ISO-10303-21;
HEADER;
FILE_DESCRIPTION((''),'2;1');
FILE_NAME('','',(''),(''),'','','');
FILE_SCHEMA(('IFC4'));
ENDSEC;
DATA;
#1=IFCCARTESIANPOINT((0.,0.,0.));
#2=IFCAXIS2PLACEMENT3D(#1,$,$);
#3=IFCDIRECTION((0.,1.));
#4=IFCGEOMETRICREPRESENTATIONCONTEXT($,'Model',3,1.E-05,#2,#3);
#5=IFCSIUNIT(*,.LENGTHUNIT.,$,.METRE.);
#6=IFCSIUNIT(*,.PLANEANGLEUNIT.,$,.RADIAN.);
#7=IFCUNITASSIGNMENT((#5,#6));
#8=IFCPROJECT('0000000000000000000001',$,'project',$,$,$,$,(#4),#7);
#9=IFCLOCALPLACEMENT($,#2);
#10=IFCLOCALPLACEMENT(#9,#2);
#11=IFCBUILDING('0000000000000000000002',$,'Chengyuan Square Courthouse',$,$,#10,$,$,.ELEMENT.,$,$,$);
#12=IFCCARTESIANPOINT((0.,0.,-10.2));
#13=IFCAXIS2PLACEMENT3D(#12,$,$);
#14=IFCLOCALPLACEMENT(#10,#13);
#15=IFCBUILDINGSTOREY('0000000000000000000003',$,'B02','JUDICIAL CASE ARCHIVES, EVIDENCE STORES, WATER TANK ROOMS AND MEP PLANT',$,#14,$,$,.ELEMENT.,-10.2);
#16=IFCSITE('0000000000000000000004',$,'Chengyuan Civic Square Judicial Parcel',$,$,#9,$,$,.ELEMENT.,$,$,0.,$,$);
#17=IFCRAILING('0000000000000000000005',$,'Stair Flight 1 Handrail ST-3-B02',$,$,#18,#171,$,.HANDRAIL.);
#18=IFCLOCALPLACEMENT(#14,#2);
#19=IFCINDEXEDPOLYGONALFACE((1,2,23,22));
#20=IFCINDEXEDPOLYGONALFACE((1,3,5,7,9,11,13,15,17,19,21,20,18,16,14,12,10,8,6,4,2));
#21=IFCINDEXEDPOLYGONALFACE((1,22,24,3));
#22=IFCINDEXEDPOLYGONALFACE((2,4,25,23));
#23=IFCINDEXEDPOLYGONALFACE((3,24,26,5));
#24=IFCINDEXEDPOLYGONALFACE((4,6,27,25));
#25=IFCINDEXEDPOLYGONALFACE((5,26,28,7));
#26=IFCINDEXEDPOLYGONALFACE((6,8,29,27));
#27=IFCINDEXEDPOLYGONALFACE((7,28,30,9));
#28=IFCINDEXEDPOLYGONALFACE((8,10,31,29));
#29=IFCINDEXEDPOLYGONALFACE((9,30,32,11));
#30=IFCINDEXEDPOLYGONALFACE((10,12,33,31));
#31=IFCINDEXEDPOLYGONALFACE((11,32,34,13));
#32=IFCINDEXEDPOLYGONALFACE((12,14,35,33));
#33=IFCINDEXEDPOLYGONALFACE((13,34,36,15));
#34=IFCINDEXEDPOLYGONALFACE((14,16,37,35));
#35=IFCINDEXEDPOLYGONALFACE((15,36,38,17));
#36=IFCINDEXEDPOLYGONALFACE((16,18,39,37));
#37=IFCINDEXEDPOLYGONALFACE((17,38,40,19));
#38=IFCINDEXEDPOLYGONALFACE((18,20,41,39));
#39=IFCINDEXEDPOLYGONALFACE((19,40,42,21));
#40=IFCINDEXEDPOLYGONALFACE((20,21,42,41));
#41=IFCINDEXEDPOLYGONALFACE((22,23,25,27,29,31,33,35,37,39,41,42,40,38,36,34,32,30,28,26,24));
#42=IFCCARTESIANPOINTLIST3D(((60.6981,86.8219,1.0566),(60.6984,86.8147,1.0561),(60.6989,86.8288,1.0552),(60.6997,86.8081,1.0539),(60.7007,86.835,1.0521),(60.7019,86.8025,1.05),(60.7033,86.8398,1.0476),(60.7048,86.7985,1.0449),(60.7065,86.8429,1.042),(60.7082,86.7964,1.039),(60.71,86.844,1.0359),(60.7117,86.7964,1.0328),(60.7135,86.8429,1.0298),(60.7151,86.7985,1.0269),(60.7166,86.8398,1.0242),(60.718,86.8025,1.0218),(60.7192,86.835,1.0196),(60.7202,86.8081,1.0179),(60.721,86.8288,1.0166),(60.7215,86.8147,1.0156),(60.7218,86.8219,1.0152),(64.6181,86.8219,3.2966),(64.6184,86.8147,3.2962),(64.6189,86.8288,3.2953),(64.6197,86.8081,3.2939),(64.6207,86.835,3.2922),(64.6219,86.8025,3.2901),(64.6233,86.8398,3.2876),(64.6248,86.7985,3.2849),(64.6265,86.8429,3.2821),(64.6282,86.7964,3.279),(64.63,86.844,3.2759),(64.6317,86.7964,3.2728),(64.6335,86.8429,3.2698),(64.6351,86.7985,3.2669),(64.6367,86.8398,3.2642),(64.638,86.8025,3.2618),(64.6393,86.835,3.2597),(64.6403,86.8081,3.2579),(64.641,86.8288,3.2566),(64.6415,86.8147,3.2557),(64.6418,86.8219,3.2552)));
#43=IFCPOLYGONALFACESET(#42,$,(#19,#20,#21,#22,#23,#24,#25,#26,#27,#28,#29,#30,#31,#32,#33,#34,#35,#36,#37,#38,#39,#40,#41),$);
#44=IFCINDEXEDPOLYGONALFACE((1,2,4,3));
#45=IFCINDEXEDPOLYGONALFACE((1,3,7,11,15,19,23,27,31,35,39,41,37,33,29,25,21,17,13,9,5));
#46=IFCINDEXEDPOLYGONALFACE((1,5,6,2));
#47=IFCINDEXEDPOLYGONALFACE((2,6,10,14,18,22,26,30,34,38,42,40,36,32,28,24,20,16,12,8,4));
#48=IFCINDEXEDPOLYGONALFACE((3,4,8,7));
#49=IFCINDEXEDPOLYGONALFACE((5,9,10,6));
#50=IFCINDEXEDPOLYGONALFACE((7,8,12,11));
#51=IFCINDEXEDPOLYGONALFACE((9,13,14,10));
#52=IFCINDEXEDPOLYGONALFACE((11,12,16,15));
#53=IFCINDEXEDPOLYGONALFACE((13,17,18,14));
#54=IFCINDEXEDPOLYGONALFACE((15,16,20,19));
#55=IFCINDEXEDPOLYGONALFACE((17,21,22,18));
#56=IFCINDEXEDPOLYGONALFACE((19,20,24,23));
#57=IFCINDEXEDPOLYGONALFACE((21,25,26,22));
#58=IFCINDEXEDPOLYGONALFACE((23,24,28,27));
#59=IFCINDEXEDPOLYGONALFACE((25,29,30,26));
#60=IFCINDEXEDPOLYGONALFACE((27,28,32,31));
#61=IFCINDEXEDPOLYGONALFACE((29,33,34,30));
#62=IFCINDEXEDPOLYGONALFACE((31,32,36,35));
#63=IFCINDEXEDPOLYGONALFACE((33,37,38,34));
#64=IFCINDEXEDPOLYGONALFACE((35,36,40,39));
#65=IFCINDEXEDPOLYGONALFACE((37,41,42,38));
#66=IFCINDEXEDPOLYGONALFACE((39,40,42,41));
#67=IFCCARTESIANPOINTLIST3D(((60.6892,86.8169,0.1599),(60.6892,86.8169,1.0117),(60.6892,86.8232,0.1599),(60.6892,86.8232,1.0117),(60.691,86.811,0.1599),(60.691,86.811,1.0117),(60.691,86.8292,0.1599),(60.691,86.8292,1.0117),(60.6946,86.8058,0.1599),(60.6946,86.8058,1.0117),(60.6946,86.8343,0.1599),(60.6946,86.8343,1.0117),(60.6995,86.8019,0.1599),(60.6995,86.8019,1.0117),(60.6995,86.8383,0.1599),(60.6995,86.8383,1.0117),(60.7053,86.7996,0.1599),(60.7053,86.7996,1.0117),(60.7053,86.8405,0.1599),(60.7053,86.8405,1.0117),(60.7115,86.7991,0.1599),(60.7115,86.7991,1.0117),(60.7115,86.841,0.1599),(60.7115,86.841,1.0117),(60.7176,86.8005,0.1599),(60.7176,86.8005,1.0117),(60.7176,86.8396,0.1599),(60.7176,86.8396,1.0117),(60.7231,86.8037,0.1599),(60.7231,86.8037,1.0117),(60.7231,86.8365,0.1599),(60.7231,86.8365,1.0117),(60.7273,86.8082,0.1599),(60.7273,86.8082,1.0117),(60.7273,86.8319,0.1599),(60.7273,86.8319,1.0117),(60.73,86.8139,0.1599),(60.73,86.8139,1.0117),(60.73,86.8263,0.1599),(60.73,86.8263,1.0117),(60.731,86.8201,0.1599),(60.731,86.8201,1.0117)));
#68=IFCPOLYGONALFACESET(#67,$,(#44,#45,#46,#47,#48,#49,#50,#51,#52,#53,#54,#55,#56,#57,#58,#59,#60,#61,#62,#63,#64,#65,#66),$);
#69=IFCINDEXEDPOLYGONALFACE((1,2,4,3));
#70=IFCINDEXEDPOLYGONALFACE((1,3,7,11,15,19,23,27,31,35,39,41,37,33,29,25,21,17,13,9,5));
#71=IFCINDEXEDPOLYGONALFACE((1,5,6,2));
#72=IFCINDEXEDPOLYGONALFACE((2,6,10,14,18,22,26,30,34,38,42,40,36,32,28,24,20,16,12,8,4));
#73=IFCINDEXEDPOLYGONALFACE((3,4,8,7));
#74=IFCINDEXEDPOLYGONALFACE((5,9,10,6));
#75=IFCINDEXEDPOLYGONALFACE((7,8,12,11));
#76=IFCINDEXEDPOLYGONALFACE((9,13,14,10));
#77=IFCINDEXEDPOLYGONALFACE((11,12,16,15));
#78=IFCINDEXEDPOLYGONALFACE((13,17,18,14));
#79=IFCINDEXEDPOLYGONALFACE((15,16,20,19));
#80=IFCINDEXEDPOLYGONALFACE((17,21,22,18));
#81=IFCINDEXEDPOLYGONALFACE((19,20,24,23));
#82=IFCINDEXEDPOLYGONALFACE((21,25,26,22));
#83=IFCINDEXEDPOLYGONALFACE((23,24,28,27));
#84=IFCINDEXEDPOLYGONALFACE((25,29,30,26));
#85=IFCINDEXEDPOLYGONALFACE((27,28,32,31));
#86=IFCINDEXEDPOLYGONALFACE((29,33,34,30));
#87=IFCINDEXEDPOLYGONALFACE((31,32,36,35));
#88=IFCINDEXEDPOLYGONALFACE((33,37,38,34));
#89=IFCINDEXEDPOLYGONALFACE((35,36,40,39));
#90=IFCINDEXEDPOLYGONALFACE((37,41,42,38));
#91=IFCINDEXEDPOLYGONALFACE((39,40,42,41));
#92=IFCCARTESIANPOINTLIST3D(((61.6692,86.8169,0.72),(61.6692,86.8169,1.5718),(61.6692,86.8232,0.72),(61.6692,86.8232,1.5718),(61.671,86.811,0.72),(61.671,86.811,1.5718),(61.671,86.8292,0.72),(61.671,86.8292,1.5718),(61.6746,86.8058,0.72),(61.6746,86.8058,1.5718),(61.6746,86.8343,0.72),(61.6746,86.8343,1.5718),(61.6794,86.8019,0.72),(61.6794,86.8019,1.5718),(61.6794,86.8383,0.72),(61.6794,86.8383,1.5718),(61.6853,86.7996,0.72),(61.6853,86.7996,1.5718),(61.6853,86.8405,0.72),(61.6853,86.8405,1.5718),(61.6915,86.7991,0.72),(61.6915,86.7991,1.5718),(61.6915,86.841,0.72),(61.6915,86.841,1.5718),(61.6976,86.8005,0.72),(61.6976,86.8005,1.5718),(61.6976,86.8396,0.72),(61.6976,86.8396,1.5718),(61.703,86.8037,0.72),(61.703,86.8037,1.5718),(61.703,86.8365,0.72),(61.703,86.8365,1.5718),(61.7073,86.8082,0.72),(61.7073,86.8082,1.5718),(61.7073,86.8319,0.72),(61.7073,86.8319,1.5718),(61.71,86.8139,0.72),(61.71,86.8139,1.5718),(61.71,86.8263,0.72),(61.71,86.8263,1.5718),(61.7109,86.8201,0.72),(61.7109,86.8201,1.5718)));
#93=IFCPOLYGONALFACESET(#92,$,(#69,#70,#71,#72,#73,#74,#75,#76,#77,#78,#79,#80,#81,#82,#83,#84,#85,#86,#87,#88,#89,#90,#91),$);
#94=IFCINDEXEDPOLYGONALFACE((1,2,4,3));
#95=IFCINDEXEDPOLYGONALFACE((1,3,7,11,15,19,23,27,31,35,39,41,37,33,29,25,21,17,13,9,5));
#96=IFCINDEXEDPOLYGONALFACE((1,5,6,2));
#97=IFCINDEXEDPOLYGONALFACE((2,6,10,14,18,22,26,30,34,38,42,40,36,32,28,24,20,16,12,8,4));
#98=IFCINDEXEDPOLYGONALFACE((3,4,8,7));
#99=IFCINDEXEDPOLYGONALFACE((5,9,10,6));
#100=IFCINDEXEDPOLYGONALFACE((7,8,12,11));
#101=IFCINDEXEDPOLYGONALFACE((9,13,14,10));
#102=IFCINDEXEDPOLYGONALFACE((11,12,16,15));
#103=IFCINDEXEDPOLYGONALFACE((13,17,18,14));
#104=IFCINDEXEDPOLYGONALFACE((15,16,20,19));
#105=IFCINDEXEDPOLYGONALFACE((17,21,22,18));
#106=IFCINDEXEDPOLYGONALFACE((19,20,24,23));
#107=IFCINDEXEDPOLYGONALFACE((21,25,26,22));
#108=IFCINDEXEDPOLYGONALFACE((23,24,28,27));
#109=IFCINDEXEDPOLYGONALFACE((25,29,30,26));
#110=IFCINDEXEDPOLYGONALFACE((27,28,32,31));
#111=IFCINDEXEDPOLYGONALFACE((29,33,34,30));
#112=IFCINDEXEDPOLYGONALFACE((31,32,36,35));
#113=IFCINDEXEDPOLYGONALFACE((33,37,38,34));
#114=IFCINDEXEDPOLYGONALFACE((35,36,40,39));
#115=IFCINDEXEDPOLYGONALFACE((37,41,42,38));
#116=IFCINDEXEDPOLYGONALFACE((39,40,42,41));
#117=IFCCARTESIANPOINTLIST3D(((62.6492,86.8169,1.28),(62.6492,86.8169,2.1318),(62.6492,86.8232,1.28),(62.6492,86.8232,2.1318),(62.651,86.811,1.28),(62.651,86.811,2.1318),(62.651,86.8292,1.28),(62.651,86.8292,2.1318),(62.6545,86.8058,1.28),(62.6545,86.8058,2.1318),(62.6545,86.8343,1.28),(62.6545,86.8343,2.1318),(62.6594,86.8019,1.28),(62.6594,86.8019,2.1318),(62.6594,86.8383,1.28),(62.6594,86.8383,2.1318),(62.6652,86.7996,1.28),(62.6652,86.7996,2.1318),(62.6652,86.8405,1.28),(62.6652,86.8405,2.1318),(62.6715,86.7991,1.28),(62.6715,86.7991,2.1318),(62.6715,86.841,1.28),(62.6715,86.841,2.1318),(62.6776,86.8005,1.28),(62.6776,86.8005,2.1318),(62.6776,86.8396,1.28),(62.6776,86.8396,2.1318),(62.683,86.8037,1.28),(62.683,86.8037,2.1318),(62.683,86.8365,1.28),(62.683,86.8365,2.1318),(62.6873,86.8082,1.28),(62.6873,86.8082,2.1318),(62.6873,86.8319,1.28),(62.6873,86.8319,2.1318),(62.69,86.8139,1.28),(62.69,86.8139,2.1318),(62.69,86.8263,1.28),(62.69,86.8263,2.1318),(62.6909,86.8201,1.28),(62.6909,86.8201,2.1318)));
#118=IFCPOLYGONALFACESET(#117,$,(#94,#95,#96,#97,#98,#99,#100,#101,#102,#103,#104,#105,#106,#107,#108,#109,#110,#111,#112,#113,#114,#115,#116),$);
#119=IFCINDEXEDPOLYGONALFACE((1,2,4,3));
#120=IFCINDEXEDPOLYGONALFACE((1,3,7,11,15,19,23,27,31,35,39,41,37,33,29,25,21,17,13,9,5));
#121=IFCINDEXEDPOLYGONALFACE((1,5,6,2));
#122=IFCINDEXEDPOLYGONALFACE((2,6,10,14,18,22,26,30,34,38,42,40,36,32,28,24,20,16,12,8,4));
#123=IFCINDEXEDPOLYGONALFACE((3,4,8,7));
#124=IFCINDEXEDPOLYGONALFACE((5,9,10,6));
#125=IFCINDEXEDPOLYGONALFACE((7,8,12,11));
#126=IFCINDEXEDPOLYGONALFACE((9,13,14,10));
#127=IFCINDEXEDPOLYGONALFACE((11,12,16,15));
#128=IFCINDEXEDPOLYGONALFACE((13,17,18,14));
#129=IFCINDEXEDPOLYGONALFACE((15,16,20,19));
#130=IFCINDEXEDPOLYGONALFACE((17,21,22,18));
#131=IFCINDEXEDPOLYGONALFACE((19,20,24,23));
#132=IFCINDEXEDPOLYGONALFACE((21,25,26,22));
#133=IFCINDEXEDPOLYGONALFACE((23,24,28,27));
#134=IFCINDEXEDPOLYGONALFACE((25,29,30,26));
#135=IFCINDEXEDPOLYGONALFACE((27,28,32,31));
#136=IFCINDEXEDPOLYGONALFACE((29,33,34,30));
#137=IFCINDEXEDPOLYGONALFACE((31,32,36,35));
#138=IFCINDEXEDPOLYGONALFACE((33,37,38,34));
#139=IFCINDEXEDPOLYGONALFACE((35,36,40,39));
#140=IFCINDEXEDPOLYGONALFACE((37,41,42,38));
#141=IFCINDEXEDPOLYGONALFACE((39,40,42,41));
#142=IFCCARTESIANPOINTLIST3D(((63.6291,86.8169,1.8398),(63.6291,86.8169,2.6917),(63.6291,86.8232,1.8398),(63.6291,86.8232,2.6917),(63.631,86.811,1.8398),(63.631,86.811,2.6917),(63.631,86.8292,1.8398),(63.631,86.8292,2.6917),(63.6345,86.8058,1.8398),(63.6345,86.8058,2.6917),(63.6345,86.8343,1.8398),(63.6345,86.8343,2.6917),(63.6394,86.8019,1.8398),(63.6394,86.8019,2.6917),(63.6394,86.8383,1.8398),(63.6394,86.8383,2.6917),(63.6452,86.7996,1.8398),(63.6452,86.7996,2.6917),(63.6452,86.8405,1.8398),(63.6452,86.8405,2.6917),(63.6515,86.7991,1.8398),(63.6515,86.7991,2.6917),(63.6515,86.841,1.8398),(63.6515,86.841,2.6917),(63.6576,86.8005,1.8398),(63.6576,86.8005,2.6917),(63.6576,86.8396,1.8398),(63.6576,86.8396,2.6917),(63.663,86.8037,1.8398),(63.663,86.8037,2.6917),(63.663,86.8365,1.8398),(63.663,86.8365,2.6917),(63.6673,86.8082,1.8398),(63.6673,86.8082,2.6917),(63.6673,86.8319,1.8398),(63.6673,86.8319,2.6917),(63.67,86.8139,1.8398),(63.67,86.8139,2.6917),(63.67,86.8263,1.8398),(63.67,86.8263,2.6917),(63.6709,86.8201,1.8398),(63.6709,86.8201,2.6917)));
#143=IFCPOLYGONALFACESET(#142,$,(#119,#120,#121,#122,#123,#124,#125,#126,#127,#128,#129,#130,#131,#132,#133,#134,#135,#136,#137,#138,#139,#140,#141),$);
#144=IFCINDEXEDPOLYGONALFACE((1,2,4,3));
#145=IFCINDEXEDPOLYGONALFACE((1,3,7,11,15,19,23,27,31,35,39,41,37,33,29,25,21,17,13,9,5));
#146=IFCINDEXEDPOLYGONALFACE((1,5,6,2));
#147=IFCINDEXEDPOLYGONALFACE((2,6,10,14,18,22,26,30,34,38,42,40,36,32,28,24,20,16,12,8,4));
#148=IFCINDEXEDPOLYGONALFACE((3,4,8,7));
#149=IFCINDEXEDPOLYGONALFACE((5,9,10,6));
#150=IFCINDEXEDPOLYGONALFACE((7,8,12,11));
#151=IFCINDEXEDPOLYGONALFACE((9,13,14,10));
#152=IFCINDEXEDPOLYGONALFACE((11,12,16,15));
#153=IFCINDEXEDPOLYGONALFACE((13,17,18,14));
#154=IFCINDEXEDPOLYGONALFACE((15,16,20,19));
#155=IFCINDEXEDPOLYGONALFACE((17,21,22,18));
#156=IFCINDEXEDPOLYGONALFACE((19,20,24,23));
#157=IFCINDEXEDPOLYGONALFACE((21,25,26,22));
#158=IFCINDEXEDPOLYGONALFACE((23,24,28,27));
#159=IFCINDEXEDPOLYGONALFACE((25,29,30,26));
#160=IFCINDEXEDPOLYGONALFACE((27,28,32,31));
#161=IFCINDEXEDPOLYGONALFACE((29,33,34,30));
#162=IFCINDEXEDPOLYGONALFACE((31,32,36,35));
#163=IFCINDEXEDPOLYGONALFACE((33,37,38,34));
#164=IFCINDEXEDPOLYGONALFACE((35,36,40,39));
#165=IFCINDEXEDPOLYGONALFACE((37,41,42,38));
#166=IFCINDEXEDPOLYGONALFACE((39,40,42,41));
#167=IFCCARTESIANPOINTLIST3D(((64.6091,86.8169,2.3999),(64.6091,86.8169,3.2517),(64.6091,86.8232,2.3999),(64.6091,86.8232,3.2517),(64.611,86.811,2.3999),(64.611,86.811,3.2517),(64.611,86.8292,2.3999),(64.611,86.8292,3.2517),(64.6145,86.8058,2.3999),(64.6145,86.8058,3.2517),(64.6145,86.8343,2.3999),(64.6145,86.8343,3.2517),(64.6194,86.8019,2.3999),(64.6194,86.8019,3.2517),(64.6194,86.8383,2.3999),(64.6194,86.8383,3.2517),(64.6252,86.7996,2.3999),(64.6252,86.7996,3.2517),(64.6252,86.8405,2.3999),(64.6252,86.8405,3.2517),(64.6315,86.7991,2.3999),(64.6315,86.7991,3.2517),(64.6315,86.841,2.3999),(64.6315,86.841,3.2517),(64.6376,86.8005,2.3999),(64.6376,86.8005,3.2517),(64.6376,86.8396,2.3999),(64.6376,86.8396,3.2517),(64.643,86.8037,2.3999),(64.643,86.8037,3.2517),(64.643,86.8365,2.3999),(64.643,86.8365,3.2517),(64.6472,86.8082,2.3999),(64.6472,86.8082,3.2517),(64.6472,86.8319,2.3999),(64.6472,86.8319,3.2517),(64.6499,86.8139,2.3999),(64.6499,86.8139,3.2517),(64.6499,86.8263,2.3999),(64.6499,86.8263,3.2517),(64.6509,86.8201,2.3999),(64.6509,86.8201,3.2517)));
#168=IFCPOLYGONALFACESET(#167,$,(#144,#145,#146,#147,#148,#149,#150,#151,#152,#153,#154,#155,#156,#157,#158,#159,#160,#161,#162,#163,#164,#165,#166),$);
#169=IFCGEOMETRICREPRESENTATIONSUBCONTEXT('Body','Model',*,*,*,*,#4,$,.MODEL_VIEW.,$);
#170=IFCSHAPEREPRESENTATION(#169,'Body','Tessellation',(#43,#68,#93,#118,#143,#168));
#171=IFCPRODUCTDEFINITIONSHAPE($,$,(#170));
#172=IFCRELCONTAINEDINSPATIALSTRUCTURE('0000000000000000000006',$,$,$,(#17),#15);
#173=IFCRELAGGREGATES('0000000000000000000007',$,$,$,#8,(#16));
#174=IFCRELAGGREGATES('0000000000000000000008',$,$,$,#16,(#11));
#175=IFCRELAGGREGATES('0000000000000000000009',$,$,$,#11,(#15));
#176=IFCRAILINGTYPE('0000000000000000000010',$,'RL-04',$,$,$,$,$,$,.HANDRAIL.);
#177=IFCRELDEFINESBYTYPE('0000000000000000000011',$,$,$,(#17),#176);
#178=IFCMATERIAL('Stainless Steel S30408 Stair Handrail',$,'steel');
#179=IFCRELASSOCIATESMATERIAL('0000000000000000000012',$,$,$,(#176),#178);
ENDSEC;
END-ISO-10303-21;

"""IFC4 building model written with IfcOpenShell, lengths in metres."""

from ifc_helpers import new_model, si_unit, direction, frame, origin, origin_2d, place, context, subcontext, project, spatial, circle, extrude, material, type_object, element, save


model = new_model("IFC4")

# Units and contexts
model_context = context("Model", 3, precision=1e-05, world=origin(), true_north=direction((0.0, 1.0)))
body_context = subcontext(model_context, "Body", "Model", "MODEL_VIEW")
ifc_project = project(units=[si_unit("LENGTHUNIT", "METRE"), si_unit("PLANEANGLEUNIT", "RADIAN")], contexts=[model_context])

# Site, building, storey
site_placement = place(None, origin())
site = spatial("IfcSite", under=ifc_project, at=site_placement, Name="Chengyuan Civic Square Judicial Parcel", CompositionType="ELEMENT", RefElevation=0.0)
building_placement = place(site_placement, origin())
building = spatial("IfcBuilding", under=site, at=building_placement, Name="Chengyuan Square Courthouse", CompositionType="ELEMENT")
storey_placement = place(building_placement, frame((0.0, 0.0, -10.2)))
storey = spatial("IfcBuildingStorey", under=building, at=storey_placement, Name="B02", Description="JUDICIAL CASE ARCHIVES, EVIDENCE STORES, WATER TANK ROOMS AND MEP PLANT", CompositionType="ELEMENT", Elevation=-10.2)

# Railing
ifc_material_1 = material(Name="Stainless Steel S30408 Stair Handrail", Category="steel")
railing_type_1 = type_object("IfcRailingType", Name="RL-04", PredefinedType="HANDRAIL", material=ifc_material_1)
railing_1_placement = place(storey_placement, frame((60.71, 86.8201, 0.1599)))
element("IfcRailing", 1, at=railing_1_placement, inside=storey, type_object=railing_type_1, Name="Stair Flight 1 Handrail ST-3-B02", PredefinedType="HANDRAIL", context=body_context, shape_type="SweptSolid", body=[
    extrude(circle(Radius=0.0239, at=origin_2d()), frame((0.0, 0.0, 0.876), z_axis=(0.86824, 0.0, 0.496145), x_axis=(0.0, 1.0, 0.0)), (0.0, 0.0, 1.0), 4.5149),
    extrude(circle(Radius=0.021, at=origin_2d()), origin(), (0.0, 0.0, 1.0), 0.8518),
    extrude(circle(Radius=0.021, at=origin_2d()), frame((0.98, 0.0, 0.5601)), (0.0, 0.0, 1.0), 0.8518),
    extrude(circle(Radius=0.021, at=origin_2d()), frame((1.96, 0.0, 1.1201)), (0.0, 0.0, 1.0), 0.8518),
    extrude(circle(Radius=0.021, at=origin_2d()), frame((2.9399, 0.0, 1.6799)), (0.0, 0.0, 1.0), 0.8518),
    extrude(circle(Radius=0.021, at=origin_2d()), frame((3.9199, 0.0, 2.24)), (0.0, 0.0, 1.0), 0.8518),
])

save(model, "model.ifc")
